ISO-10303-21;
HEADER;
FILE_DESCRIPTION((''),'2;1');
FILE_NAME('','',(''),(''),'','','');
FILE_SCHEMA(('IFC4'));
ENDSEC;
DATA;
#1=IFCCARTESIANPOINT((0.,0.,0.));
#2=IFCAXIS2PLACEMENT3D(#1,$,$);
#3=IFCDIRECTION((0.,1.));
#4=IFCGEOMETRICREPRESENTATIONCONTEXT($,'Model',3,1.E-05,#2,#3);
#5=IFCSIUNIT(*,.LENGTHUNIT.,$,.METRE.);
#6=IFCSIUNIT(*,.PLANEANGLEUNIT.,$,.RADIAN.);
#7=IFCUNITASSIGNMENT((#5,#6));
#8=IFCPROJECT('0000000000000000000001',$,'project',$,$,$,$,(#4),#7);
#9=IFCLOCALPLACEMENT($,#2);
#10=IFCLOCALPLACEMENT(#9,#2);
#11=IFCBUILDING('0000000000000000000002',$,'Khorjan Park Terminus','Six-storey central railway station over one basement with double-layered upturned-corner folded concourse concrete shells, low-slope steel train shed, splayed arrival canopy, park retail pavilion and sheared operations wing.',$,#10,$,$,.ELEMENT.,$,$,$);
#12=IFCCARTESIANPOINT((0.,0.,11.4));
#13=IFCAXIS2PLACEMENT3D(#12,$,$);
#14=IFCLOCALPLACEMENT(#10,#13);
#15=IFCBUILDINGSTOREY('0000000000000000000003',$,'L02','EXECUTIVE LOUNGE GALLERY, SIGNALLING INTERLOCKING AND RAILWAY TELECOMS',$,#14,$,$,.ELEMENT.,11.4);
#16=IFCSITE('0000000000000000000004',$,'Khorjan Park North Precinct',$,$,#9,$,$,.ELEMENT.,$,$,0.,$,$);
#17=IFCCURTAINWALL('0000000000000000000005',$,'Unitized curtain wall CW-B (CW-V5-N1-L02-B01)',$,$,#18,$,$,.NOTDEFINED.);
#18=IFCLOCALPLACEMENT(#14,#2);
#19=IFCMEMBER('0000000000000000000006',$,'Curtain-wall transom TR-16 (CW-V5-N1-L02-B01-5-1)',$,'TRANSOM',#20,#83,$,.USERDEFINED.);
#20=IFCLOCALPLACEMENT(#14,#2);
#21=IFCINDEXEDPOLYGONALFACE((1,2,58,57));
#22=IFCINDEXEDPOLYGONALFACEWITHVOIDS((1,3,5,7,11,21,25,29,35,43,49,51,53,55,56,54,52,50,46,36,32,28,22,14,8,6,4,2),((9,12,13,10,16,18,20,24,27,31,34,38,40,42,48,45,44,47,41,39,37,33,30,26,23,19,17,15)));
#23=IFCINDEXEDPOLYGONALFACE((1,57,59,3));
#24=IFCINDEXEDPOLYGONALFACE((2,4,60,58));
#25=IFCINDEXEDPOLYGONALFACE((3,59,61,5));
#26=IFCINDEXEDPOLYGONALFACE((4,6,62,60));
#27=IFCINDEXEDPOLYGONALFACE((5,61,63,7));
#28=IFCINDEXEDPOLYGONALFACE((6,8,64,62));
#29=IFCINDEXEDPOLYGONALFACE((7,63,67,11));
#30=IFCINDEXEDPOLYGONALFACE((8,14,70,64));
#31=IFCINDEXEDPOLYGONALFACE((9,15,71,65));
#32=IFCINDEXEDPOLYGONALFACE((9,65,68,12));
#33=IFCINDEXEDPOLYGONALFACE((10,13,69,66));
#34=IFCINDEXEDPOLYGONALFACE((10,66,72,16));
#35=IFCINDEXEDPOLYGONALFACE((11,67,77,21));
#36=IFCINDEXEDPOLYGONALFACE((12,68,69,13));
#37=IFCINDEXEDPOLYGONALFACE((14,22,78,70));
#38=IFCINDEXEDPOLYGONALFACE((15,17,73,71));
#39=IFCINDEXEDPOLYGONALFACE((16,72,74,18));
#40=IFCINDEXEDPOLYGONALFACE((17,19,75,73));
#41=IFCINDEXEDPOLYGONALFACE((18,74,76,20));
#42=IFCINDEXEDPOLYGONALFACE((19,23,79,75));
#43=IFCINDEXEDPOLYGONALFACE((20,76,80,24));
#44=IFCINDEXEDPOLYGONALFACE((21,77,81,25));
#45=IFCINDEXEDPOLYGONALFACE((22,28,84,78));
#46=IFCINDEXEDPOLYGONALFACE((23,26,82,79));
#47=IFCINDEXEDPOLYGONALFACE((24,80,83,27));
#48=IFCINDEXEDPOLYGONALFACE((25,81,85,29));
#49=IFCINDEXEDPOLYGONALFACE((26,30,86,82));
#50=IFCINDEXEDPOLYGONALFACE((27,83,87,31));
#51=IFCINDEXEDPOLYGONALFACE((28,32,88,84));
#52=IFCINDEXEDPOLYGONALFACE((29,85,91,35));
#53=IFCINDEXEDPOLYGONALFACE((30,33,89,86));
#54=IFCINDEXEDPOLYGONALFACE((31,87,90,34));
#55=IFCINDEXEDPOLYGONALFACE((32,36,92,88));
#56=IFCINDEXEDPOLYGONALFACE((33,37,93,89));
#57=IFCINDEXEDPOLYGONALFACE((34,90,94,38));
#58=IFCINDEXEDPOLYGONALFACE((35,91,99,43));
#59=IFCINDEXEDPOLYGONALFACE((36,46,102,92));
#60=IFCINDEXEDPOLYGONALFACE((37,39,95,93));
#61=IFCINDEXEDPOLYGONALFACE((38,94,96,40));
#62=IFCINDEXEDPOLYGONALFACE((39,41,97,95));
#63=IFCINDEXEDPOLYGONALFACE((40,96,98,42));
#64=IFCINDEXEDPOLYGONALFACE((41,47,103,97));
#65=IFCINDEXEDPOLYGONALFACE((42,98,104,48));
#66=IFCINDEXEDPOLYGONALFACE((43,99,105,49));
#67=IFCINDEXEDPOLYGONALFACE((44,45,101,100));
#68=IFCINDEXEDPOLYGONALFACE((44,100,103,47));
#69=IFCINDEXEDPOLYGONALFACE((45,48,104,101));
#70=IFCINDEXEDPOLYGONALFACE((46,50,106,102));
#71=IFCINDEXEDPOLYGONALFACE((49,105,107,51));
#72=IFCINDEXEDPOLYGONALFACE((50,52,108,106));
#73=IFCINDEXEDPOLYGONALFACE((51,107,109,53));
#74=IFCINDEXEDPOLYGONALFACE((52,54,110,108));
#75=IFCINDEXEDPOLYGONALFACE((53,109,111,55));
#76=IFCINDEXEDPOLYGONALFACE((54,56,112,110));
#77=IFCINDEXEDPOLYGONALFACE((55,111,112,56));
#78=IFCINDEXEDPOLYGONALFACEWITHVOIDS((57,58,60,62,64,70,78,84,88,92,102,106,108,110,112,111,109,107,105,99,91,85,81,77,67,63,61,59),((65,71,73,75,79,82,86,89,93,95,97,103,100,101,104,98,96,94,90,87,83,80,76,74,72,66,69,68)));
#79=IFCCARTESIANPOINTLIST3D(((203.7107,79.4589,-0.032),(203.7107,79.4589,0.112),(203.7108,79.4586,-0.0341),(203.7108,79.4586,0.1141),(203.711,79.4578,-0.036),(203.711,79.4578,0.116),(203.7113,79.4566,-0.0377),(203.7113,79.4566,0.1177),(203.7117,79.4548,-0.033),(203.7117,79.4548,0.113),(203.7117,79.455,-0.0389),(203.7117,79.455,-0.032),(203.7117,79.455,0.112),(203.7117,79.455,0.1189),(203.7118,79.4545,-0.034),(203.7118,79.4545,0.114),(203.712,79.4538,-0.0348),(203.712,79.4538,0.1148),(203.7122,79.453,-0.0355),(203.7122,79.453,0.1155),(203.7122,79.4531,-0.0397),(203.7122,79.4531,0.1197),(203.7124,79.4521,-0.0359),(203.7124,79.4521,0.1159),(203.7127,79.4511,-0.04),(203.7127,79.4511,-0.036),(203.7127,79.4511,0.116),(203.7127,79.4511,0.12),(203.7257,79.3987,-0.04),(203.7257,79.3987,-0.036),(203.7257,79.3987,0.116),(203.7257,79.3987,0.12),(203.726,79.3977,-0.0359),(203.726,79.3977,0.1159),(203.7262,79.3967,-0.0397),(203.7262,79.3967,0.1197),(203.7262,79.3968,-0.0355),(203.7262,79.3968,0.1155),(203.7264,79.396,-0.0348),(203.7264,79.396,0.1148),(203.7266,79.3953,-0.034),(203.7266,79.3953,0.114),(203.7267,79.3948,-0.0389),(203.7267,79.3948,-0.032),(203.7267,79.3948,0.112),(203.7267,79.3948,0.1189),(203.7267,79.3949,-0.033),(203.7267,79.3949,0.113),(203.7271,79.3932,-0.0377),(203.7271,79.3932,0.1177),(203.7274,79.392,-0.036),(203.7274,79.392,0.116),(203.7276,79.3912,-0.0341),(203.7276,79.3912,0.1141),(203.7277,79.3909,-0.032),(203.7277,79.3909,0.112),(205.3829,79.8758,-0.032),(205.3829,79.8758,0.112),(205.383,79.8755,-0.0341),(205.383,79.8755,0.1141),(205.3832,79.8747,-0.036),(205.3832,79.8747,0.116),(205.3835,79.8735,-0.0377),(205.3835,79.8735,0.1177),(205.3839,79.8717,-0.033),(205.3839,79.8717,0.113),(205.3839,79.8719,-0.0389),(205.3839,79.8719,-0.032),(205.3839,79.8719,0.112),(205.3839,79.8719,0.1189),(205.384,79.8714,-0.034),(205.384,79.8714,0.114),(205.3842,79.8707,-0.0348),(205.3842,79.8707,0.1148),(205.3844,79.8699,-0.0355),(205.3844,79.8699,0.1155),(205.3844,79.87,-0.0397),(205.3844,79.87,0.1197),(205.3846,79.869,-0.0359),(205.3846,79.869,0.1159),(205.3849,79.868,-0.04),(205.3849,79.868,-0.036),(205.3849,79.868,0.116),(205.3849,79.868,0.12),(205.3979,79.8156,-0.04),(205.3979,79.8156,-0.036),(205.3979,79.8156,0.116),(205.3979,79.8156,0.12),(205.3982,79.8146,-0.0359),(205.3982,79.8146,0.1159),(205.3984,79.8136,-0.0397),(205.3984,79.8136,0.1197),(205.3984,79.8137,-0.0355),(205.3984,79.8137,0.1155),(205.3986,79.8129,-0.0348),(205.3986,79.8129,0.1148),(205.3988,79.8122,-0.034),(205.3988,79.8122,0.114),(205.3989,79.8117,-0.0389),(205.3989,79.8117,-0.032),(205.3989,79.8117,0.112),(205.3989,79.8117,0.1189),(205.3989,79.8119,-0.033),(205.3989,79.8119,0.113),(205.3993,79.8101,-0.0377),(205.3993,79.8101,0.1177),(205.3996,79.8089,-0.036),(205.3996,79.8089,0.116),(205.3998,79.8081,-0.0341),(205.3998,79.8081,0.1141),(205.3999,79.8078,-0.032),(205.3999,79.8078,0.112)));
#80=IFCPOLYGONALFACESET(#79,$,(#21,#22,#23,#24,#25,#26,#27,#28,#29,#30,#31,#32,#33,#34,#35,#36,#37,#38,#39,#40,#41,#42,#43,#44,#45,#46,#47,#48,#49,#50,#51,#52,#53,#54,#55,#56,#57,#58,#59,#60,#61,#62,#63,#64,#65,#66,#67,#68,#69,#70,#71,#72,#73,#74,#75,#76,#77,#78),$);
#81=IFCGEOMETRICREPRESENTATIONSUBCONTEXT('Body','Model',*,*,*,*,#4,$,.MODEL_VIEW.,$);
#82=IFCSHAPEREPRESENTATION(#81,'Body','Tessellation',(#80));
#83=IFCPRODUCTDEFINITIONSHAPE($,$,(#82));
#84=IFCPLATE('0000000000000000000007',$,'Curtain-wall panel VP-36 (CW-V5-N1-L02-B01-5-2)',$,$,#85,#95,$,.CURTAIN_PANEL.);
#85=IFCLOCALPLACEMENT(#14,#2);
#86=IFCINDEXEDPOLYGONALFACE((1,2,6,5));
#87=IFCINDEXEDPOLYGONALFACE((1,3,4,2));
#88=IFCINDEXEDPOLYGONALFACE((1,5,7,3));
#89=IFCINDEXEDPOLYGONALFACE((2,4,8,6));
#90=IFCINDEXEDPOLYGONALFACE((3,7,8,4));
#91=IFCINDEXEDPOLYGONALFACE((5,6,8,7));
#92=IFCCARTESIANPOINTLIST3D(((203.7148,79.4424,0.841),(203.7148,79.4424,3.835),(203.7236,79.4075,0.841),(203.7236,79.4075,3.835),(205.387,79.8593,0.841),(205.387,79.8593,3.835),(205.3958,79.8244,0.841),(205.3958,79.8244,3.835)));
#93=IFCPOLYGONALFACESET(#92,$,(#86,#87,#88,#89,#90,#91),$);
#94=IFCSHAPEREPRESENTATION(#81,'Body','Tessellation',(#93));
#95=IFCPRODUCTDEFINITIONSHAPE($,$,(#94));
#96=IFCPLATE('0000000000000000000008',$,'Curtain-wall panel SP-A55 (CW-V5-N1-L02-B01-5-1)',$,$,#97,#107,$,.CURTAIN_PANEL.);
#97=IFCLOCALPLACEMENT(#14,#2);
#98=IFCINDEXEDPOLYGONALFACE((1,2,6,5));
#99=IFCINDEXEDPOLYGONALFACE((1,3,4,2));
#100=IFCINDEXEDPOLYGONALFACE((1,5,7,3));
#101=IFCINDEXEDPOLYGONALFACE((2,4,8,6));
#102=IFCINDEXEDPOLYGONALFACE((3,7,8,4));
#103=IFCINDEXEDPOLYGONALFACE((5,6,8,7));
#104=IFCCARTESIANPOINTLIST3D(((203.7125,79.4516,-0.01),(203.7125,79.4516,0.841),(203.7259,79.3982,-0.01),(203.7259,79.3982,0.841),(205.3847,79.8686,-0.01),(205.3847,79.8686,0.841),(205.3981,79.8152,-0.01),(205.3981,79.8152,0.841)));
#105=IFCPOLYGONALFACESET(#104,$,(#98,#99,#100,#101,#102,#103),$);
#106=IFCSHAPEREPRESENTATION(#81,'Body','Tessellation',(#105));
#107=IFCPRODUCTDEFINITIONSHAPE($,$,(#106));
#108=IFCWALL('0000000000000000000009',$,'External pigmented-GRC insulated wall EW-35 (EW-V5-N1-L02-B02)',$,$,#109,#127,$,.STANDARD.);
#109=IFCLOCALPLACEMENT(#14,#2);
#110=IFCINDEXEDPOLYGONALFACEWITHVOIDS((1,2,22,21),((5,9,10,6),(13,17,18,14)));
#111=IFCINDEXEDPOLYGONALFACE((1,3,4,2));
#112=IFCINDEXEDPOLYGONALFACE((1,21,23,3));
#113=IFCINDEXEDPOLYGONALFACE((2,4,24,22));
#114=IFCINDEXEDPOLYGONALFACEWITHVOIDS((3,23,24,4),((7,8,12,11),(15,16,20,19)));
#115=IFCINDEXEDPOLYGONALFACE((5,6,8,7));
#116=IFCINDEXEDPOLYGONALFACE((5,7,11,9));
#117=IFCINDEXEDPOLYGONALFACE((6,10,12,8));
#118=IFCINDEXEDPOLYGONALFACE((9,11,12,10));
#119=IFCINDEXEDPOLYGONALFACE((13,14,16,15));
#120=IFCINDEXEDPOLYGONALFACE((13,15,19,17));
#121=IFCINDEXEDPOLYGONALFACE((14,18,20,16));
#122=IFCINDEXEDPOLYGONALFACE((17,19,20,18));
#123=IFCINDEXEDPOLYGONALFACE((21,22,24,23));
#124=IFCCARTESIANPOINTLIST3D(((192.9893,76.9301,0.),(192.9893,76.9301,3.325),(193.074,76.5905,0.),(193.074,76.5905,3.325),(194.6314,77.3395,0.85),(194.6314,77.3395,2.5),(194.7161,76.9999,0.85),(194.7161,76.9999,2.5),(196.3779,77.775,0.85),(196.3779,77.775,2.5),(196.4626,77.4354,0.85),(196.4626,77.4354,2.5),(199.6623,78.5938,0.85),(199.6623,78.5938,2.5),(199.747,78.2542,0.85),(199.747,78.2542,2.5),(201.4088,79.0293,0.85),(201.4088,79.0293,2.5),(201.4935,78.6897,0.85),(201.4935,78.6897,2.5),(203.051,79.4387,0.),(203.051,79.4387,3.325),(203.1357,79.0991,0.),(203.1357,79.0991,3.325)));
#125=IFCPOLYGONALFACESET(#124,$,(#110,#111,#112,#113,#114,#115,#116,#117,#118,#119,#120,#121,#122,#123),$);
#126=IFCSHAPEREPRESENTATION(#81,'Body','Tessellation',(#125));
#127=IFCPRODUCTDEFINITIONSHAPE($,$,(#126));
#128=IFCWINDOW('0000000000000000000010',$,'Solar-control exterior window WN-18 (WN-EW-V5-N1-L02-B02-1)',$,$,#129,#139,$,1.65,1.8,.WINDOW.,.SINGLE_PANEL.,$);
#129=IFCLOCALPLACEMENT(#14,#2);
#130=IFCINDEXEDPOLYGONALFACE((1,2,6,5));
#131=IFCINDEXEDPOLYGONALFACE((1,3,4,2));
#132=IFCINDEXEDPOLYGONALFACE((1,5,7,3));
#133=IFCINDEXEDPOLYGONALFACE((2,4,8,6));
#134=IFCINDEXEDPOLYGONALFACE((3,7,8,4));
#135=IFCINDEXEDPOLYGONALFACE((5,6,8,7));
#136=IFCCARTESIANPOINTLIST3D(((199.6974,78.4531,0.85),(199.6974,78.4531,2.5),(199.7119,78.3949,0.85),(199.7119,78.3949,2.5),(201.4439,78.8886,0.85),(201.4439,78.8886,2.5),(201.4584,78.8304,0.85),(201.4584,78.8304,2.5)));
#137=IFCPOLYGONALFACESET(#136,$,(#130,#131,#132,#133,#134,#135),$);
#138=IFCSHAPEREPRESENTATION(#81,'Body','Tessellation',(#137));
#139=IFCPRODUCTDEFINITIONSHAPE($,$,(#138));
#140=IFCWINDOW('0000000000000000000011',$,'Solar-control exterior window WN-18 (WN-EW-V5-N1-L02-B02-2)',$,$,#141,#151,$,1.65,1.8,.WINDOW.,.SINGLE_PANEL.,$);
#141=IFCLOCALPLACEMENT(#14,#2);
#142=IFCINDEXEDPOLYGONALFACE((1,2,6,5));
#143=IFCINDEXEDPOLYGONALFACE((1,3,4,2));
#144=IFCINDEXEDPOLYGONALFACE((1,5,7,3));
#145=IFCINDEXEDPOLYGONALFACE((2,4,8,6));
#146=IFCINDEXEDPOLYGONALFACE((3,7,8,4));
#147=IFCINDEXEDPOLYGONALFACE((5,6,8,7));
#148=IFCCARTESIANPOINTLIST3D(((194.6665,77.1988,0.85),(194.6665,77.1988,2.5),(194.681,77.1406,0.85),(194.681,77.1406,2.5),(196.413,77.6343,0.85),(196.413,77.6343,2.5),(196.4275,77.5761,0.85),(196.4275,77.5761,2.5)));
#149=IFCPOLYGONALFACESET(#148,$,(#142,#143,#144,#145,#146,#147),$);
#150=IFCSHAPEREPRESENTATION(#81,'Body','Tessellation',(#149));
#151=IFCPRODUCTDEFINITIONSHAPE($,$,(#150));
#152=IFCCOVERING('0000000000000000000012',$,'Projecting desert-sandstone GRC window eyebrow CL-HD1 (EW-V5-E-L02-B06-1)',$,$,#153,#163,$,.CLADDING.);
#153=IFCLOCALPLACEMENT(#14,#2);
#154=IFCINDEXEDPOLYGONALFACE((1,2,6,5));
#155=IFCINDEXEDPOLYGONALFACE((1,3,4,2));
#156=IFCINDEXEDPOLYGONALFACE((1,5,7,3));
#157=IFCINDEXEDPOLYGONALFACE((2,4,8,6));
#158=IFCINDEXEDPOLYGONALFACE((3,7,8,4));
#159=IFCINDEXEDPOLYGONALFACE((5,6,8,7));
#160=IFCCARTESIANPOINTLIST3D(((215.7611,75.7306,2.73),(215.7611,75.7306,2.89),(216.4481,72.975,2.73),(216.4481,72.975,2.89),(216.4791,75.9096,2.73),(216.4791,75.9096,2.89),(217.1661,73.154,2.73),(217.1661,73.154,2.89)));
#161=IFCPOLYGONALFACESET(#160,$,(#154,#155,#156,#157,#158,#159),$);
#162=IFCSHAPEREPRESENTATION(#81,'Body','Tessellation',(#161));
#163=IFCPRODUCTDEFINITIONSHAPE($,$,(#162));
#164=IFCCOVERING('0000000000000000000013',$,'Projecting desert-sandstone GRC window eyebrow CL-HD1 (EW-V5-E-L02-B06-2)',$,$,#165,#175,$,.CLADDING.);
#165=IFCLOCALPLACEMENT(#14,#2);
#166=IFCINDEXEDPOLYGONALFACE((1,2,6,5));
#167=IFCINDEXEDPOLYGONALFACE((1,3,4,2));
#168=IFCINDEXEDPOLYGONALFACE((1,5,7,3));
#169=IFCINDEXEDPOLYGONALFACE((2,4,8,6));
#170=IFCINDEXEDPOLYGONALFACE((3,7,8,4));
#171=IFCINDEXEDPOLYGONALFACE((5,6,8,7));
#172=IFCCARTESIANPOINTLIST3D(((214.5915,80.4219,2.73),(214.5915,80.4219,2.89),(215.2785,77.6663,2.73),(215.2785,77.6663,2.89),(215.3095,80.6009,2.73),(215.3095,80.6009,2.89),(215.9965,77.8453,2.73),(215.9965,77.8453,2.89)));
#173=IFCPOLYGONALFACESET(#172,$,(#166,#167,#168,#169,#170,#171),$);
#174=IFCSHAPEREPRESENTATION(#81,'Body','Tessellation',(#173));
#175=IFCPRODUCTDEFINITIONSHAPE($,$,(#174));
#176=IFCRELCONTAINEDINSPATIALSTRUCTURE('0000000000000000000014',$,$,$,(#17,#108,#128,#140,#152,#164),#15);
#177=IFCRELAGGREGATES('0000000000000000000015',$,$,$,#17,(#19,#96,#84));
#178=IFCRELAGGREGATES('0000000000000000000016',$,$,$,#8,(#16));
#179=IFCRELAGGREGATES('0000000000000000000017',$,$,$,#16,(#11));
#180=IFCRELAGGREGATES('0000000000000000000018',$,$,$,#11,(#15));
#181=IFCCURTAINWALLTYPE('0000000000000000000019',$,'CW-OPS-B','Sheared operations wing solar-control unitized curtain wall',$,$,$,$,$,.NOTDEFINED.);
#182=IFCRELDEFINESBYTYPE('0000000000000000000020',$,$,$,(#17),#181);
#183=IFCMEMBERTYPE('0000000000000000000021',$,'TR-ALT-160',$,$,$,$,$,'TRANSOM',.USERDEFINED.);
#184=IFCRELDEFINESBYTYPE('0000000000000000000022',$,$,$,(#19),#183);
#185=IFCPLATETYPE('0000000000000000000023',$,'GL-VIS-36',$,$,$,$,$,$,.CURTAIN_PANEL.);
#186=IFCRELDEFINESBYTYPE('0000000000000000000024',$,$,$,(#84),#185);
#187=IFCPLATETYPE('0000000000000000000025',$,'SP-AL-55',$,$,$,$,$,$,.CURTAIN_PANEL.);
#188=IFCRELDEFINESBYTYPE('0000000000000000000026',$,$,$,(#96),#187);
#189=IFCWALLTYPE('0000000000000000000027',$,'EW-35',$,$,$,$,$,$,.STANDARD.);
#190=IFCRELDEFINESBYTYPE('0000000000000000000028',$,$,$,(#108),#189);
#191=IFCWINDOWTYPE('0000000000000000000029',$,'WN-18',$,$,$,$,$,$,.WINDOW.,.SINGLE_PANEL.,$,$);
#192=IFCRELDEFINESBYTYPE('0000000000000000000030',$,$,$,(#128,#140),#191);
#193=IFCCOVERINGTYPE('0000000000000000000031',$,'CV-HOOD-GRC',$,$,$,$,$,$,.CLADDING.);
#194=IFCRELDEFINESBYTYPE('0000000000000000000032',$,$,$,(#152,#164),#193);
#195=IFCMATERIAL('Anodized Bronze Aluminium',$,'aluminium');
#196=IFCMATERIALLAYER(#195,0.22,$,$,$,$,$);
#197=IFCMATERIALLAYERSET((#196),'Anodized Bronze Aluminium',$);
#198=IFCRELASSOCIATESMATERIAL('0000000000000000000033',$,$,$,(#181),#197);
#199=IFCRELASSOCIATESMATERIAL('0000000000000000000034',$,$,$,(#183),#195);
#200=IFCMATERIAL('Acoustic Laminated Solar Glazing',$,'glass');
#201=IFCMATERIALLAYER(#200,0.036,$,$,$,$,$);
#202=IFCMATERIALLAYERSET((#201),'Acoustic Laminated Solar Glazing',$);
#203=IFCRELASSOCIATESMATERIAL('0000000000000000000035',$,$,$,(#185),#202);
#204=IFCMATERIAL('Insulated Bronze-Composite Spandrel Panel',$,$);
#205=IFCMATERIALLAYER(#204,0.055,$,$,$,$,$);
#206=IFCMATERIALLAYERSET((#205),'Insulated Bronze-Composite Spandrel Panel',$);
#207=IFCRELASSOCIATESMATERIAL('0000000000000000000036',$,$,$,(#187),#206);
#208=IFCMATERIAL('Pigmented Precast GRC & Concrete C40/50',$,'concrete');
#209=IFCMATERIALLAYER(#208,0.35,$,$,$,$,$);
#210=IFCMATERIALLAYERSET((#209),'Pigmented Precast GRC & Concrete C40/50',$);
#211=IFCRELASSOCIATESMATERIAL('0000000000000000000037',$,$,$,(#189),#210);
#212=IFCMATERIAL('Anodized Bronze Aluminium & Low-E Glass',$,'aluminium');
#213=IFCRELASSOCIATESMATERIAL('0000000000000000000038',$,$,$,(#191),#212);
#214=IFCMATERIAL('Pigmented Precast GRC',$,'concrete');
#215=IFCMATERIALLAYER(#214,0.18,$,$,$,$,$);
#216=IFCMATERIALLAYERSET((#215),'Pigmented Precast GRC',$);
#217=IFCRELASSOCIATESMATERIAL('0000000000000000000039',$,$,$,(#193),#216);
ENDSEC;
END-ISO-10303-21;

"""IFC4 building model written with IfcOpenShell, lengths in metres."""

from ifc_helpers import new_model, si_unit, direction, frame, frame_2d, origin, origin_2d, place, context, subcontext, project, spatial, rectangle, hollow_rectangle, extrude, material, layer, layer_set, material_profile, profile_set, type_object, element, fill, aggregate, save


model = new_model("IFC4")

# Units and contexts
model_context = context("Model", 3, precision=1e-05, world=origin(), true_north=direction((0.0, 1.0)))
body_context = subcontext(model_context, "Body", "Model", "MODEL_VIEW")
ifc_project = project(units=[si_unit("LENGTHUNIT", "METRE"), si_unit("PLANEANGLEUNIT", "RADIAN")], contexts=[model_context])

# Site, building, storey
site_placement = place(None, origin())
site = spatial("IfcSite", under=ifc_project, at=site_placement, Name="Khorjan Park North Precinct", CompositionType="ELEMENT", RefElevation=0.0)
building_placement = place(site_placement, origin())
building = spatial("IfcBuilding", under=site, at=building_placement, Name="Khorjan Park Terminus", Description="Six-storey central railway station over one basement with double-layered upturned-corner folded concourse concrete shells, low-slope steel train shed, splayed arrival canopy, park retail pavilion and sheared operations wing.", CompositionType="ELEMENT")
storey_placement = place(building_placement, frame((0.0, 0.0, 11.4)))
storey = spatial("IfcBuildingStorey", under=building, at=storey_placement, Name="L02", Description="EXECUTIVE LOUNGE GALLERY, SIGNALLING INTERLOCKING AND RAILWAY TELECOMS", CompositionType="ELEMENT", Elevation=11.4)

# Curtain wall, member, plates
ifc_material_1 = material(Name="Anodized Bronze Aluminium", Category="aluminium")
ifc_layer_1 = layer(ifc_material_1, 0.22)
ifc_layer_set_1 = layer_set([ifc_layer_1], Name="Anodized Bronze Aluminium")
curtain_wall_type = type_object("IfcCurtainWallType", Name="CW-OPS-B", Description="Sheared operations wing solar-control unitized curtain wall", PredefinedType="NOTDEFINED", material=ifc_layer_set_1)
curtain_wall_placement = place(storey_placement, origin())
curtain_wall = element("IfcCurtainWall", 1, at=curtain_wall_placement, inside=storey, type_object=curtain_wall_type, Name="Unitized curtain wall CW-B (CW-V5-N1-L02-B01)", PredefinedType="NOTDEFINED")
ifc_material_profile_1 = material_profile(ifc_material_1, hollow_rectangle(XDim=0.07, YDim=0.16, WallThickness=0.004, InnerFilletRadius=0.004, OuterFilletRadius=0.008, at=origin_2d()), Name="ALT 70x160x4")
ifc_profile_set_1 = profile_set([ifc_material_profile_1], Name="Anodized Bronze Aluminium")
member_type_1 = type_object("IfcMemberType", Name="TR-ALT-160", ElementType="TRANSOM", PredefinedType="USERDEFINED", material=ifc_profile_set_1)
member_1_placement = place(storey_placement, frame((205.3914, 79.8418, 0.04), z_axis=(-0.970299, -0.241908, 0.0), x_axis=(0.241908, -0.970299, 0.0)))
member_1 = element("IfcMember", 2, at=member_1_placement, type_object=member_type_1, Name="Curtain-wall transom TR-16 (CW-V5-N1-L02-B01-5-1)", ObjectType="TRANSOM", PredefinedType="USERDEFINED", context=body_context, shape_type="SweptSolid", body=[
    extrude(hollow_rectangle(XDim=0.07, YDim=0.16, WallThickness=0.004, InnerFilletRadius=0.004, OuterFilletRadius=0.008, at=origin_2d()), origin(), (0.0, 0.0, 1.0), 1.7234),
])
ifc_material_2 = material(Name="Acoustic Laminated Solar Glazing", Category="glass")
ifc_layer_2 = layer(ifc_material_2, 0.036)
ifc_layer_set_2 = layer_set([ifc_layer_2], Name="Acoustic Laminated Solar Glazing")
plate_type_1 = type_object("IfcPlateType", Name="GL-VIS-36", PredefinedType="CURTAIN_PANEL", material=ifc_layer_set_2)
plate_1_placement = place(storey_placement, frame((204.5553, 79.6334, 0.841), z_axis=(0.0, 0.0, 1.0), x_axis=(-0.970294, -0.241928, 0.0)))
plate_1 = element("IfcPlate", 3, at=plate_1_placement, type_object=plate_type_1, Name="Curtain-wall panel VP-36 (CW-V5-N1-L02-B01-5-2)", PredefinedType="CURTAIN_PANEL", context=body_context, shape_type="SweptSolid", body=[
    extrude(rectangle(XDim=1.7234, YDim=0.036, at=origin_2d()), origin(), (0.0, 0.0, 1.0), 2.994),
])
ifc_material_3 = material(Name="Insulated Bronze-Composite Spandrel Panel")
ifc_layer_3 = layer(ifc_material_3, 0.055)
ifc_layer_set_3 = layer_set([ifc_layer_3], Name="Insulated Bronze-Composite Spandrel Panel")
plate_type_2 = type_object("IfcPlateType", Name="SP-AL-55", PredefinedType="CURTAIN_PANEL", material=ifc_layer_set_3)
plate_2_placement = place(storey_placement, frame((204.5553, 79.6334, -0.01), z_axis=(0.0, 0.0, 1.0), x_axis=(-0.970294, -0.241928, 0.0)))
plate_2 = element("IfcPlate", 4, at=plate_2_placement, type_object=plate_type_2, Name="Curtain-wall panel SP-A55 (CW-V5-N1-L02-B01-5-1)", PredefinedType="CURTAIN_PANEL", context=body_context, shape_type="SweptSolid", body=[
    extrude(rectangle(XDim=1.7234, YDim=0.055, at=origin_2d()), origin(), (0.0, 0.0, 1.0), 0.851),
])
aggregate(curtain_wall, [member_1, plate_2, plate_1])

# Wall, openings, windows
ifc_material_4 = material(Name="Pigmented Precast GRC & Concrete C40/50", Category="concrete")
ifc_layer_4 = layer(ifc_material_4, 0.35)
ifc_layer_set_4 = layer_set([ifc_layer_4], Name="Pigmented Precast GRC & Concrete C40/50")
wall_type = type_object("IfcWallType", Name="EW-35", PredefinedType="STANDARD", material=ifc_layer_set_4)
wall_placement = place(storey_placement, frame((203.0933, 79.2689, 0.0), z_axis=(0.0, 0.0, 1.0), x_axis=(-0.970297, -0.241916, 0.0)))
wall = element("IfcWall", 5, at=wall_placement, inside=storey, type_object=wall_type, Name="External pigmented-GRC insulated wall EW-35 (EW-V5-N1-L02-B02)", PredefinedType="STANDARD", context=body_context, shape_type="SweptSolid", body=[
    extrude(rectangle(XDim=10.3697, YDim=0.35, at=frame_2d((5.1848, 0.0))), origin(), (0.0, 0.0, 1.0), 3.325),
])
opening_1_placement = place(wall_placement, frame((1.6924, 0.0, 0.85)))
opening_1 = element("IfcOpeningElement", 6, at=opening_1_placement, cuts=wall, PredefinedType="OPENING", context=body_context, shape_type="SweptSolid", body=[
    extrude(rectangle(XDim=1.8, YDim=1.65, at=frame_2d((0.9, 0.825))), frame((0.0, 0.185, 0.0), z_axis=(0.0, -1.0, 0.0), x_axis=(1.0, 0.0, 0.0)), (0.0, 0.0, 1.0), 0.37),
])
opening_2_placement = place(wall_placement, frame((6.8773, 0.0, 0.85)))
opening_2 = element("IfcOpeningElement", 7, at=opening_2_placement, cuts=wall, PredefinedType="OPENING", context=body_context, shape_type="SweptSolid", body=[
    extrude(rectangle(XDim=1.8, YDim=1.65, at=frame_2d((0.9, 0.825))), frame((0.0, 0.185, 0.0), z_axis=(0.0, -1.0, 0.0), x_axis=(1.0, 0.0, 0.0)), (0.0, 0.0, 1.0), 0.37),
])
ifc_material_5 = material(Name="Anodized Bronze Aluminium & Low-E Glass", Category="aluminium")
window_type = type_object("IfcWindowType", Name="WN-18", PartitioningType="SINGLE_PANEL", PredefinedType="WINDOW", material=ifc_material_5)
window_1_placement = place(opening_1_placement, origin())
window_1 = element("IfcWindow", 8, at=window_1_placement, inside=storey, type_object=window_type, Name="Solar-control exterior window WN-18 (WN-EW-V5-N1-L02-B02-1)", OverallHeight=1.65, OverallWidth=1.8, PartitioningType="SINGLE_PANEL", PredefinedType="WINDOW", context=body_context, shape_type="SweptSolid", body=[
    extrude(rectangle(XDim=1.8, YDim=1.65, at=frame_2d((0.9, 0.825))), frame((0.0, 0.03, 0.0), z_axis=(0.0, -1.0, 0.0), x_axis=(1.0, 0.0, 0.0)), (0.0, 0.0, 1.0), 0.06),
])
fill(opening_1, window_1)
window_2_placement = place(opening_2_placement, origin())
window_2 = element("IfcWindow", 9, at=window_2_placement, inside=storey, type_object=window_type, Name="Solar-control exterior window WN-18 (WN-EW-V5-N1-L02-B02-2)", OverallHeight=1.65, OverallWidth=1.8, PartitioningType="SINGLE_PANEL", PredefinedType="WINDOW", context=body_context, shape_type="SweptSolid", body=[
    extrude(rectangle(XDim=1.8, YDim=1.65, at=frame_2d((0.9, 0.825))), frame((0.0, 0.03, 0.0), z_axis=(0.0, -1.0, 0.0), x_axis=(1.0, 0.0, 0.0)), (0.0, 0.0, 1.0), 0.06),
])
fill(opening_2, window_2)

# Coverings
ifc_material_6 = material(Name="Pigmented Precast GRC", Category="concrete")
ifc_layer_5 = layer(ifc_material_6, 0.18)
ifc_layer_set_5 = layer_set([ifc_layer_5], Name="Pigmented Precast GRC")
covering_type = type_object("IfcCoveringType", Name="CV-HOOD-GRC", PredefinedType="CLADDING", material=ifc_layer_set_5)
for number, where, z_axis, x_axis, name in (
    (10, (216.4636, 74.4423, 2.73), (0.0, 0.0, 1.0), (-0.24192, 0.970296, 0.0), "Projecting desert-sandstone GRC window eyebrow CL-HD1 (EW-V5-E-L02-B06-1)"),
    (11, (215.294, 79.1336, 2.73), (0.0, 0.0, 1.0), (-0.24192, 0.970296, 0.0), "Projecting desert-sandstone GRC window eyebrow CL-HD1 (EW-V5-E-L02-B06-2)"),
):
    element("IfcCovering", number, at=place(storey_placement, frame(where, z_axis=z_axis, x_axis=x_axis)), inside=storey, type_object=covering_type, Name=name, PredefinedType="CLADDING", context=body_context, shape_type="SweptSolid", body=[
        extrude(rectangle(XDim=2.84, YDim=0.74, at=origin_2d()), origin(), (0.0, 0.0, 1.0), 0.16),
    ])

save(model, "model.ifc")
